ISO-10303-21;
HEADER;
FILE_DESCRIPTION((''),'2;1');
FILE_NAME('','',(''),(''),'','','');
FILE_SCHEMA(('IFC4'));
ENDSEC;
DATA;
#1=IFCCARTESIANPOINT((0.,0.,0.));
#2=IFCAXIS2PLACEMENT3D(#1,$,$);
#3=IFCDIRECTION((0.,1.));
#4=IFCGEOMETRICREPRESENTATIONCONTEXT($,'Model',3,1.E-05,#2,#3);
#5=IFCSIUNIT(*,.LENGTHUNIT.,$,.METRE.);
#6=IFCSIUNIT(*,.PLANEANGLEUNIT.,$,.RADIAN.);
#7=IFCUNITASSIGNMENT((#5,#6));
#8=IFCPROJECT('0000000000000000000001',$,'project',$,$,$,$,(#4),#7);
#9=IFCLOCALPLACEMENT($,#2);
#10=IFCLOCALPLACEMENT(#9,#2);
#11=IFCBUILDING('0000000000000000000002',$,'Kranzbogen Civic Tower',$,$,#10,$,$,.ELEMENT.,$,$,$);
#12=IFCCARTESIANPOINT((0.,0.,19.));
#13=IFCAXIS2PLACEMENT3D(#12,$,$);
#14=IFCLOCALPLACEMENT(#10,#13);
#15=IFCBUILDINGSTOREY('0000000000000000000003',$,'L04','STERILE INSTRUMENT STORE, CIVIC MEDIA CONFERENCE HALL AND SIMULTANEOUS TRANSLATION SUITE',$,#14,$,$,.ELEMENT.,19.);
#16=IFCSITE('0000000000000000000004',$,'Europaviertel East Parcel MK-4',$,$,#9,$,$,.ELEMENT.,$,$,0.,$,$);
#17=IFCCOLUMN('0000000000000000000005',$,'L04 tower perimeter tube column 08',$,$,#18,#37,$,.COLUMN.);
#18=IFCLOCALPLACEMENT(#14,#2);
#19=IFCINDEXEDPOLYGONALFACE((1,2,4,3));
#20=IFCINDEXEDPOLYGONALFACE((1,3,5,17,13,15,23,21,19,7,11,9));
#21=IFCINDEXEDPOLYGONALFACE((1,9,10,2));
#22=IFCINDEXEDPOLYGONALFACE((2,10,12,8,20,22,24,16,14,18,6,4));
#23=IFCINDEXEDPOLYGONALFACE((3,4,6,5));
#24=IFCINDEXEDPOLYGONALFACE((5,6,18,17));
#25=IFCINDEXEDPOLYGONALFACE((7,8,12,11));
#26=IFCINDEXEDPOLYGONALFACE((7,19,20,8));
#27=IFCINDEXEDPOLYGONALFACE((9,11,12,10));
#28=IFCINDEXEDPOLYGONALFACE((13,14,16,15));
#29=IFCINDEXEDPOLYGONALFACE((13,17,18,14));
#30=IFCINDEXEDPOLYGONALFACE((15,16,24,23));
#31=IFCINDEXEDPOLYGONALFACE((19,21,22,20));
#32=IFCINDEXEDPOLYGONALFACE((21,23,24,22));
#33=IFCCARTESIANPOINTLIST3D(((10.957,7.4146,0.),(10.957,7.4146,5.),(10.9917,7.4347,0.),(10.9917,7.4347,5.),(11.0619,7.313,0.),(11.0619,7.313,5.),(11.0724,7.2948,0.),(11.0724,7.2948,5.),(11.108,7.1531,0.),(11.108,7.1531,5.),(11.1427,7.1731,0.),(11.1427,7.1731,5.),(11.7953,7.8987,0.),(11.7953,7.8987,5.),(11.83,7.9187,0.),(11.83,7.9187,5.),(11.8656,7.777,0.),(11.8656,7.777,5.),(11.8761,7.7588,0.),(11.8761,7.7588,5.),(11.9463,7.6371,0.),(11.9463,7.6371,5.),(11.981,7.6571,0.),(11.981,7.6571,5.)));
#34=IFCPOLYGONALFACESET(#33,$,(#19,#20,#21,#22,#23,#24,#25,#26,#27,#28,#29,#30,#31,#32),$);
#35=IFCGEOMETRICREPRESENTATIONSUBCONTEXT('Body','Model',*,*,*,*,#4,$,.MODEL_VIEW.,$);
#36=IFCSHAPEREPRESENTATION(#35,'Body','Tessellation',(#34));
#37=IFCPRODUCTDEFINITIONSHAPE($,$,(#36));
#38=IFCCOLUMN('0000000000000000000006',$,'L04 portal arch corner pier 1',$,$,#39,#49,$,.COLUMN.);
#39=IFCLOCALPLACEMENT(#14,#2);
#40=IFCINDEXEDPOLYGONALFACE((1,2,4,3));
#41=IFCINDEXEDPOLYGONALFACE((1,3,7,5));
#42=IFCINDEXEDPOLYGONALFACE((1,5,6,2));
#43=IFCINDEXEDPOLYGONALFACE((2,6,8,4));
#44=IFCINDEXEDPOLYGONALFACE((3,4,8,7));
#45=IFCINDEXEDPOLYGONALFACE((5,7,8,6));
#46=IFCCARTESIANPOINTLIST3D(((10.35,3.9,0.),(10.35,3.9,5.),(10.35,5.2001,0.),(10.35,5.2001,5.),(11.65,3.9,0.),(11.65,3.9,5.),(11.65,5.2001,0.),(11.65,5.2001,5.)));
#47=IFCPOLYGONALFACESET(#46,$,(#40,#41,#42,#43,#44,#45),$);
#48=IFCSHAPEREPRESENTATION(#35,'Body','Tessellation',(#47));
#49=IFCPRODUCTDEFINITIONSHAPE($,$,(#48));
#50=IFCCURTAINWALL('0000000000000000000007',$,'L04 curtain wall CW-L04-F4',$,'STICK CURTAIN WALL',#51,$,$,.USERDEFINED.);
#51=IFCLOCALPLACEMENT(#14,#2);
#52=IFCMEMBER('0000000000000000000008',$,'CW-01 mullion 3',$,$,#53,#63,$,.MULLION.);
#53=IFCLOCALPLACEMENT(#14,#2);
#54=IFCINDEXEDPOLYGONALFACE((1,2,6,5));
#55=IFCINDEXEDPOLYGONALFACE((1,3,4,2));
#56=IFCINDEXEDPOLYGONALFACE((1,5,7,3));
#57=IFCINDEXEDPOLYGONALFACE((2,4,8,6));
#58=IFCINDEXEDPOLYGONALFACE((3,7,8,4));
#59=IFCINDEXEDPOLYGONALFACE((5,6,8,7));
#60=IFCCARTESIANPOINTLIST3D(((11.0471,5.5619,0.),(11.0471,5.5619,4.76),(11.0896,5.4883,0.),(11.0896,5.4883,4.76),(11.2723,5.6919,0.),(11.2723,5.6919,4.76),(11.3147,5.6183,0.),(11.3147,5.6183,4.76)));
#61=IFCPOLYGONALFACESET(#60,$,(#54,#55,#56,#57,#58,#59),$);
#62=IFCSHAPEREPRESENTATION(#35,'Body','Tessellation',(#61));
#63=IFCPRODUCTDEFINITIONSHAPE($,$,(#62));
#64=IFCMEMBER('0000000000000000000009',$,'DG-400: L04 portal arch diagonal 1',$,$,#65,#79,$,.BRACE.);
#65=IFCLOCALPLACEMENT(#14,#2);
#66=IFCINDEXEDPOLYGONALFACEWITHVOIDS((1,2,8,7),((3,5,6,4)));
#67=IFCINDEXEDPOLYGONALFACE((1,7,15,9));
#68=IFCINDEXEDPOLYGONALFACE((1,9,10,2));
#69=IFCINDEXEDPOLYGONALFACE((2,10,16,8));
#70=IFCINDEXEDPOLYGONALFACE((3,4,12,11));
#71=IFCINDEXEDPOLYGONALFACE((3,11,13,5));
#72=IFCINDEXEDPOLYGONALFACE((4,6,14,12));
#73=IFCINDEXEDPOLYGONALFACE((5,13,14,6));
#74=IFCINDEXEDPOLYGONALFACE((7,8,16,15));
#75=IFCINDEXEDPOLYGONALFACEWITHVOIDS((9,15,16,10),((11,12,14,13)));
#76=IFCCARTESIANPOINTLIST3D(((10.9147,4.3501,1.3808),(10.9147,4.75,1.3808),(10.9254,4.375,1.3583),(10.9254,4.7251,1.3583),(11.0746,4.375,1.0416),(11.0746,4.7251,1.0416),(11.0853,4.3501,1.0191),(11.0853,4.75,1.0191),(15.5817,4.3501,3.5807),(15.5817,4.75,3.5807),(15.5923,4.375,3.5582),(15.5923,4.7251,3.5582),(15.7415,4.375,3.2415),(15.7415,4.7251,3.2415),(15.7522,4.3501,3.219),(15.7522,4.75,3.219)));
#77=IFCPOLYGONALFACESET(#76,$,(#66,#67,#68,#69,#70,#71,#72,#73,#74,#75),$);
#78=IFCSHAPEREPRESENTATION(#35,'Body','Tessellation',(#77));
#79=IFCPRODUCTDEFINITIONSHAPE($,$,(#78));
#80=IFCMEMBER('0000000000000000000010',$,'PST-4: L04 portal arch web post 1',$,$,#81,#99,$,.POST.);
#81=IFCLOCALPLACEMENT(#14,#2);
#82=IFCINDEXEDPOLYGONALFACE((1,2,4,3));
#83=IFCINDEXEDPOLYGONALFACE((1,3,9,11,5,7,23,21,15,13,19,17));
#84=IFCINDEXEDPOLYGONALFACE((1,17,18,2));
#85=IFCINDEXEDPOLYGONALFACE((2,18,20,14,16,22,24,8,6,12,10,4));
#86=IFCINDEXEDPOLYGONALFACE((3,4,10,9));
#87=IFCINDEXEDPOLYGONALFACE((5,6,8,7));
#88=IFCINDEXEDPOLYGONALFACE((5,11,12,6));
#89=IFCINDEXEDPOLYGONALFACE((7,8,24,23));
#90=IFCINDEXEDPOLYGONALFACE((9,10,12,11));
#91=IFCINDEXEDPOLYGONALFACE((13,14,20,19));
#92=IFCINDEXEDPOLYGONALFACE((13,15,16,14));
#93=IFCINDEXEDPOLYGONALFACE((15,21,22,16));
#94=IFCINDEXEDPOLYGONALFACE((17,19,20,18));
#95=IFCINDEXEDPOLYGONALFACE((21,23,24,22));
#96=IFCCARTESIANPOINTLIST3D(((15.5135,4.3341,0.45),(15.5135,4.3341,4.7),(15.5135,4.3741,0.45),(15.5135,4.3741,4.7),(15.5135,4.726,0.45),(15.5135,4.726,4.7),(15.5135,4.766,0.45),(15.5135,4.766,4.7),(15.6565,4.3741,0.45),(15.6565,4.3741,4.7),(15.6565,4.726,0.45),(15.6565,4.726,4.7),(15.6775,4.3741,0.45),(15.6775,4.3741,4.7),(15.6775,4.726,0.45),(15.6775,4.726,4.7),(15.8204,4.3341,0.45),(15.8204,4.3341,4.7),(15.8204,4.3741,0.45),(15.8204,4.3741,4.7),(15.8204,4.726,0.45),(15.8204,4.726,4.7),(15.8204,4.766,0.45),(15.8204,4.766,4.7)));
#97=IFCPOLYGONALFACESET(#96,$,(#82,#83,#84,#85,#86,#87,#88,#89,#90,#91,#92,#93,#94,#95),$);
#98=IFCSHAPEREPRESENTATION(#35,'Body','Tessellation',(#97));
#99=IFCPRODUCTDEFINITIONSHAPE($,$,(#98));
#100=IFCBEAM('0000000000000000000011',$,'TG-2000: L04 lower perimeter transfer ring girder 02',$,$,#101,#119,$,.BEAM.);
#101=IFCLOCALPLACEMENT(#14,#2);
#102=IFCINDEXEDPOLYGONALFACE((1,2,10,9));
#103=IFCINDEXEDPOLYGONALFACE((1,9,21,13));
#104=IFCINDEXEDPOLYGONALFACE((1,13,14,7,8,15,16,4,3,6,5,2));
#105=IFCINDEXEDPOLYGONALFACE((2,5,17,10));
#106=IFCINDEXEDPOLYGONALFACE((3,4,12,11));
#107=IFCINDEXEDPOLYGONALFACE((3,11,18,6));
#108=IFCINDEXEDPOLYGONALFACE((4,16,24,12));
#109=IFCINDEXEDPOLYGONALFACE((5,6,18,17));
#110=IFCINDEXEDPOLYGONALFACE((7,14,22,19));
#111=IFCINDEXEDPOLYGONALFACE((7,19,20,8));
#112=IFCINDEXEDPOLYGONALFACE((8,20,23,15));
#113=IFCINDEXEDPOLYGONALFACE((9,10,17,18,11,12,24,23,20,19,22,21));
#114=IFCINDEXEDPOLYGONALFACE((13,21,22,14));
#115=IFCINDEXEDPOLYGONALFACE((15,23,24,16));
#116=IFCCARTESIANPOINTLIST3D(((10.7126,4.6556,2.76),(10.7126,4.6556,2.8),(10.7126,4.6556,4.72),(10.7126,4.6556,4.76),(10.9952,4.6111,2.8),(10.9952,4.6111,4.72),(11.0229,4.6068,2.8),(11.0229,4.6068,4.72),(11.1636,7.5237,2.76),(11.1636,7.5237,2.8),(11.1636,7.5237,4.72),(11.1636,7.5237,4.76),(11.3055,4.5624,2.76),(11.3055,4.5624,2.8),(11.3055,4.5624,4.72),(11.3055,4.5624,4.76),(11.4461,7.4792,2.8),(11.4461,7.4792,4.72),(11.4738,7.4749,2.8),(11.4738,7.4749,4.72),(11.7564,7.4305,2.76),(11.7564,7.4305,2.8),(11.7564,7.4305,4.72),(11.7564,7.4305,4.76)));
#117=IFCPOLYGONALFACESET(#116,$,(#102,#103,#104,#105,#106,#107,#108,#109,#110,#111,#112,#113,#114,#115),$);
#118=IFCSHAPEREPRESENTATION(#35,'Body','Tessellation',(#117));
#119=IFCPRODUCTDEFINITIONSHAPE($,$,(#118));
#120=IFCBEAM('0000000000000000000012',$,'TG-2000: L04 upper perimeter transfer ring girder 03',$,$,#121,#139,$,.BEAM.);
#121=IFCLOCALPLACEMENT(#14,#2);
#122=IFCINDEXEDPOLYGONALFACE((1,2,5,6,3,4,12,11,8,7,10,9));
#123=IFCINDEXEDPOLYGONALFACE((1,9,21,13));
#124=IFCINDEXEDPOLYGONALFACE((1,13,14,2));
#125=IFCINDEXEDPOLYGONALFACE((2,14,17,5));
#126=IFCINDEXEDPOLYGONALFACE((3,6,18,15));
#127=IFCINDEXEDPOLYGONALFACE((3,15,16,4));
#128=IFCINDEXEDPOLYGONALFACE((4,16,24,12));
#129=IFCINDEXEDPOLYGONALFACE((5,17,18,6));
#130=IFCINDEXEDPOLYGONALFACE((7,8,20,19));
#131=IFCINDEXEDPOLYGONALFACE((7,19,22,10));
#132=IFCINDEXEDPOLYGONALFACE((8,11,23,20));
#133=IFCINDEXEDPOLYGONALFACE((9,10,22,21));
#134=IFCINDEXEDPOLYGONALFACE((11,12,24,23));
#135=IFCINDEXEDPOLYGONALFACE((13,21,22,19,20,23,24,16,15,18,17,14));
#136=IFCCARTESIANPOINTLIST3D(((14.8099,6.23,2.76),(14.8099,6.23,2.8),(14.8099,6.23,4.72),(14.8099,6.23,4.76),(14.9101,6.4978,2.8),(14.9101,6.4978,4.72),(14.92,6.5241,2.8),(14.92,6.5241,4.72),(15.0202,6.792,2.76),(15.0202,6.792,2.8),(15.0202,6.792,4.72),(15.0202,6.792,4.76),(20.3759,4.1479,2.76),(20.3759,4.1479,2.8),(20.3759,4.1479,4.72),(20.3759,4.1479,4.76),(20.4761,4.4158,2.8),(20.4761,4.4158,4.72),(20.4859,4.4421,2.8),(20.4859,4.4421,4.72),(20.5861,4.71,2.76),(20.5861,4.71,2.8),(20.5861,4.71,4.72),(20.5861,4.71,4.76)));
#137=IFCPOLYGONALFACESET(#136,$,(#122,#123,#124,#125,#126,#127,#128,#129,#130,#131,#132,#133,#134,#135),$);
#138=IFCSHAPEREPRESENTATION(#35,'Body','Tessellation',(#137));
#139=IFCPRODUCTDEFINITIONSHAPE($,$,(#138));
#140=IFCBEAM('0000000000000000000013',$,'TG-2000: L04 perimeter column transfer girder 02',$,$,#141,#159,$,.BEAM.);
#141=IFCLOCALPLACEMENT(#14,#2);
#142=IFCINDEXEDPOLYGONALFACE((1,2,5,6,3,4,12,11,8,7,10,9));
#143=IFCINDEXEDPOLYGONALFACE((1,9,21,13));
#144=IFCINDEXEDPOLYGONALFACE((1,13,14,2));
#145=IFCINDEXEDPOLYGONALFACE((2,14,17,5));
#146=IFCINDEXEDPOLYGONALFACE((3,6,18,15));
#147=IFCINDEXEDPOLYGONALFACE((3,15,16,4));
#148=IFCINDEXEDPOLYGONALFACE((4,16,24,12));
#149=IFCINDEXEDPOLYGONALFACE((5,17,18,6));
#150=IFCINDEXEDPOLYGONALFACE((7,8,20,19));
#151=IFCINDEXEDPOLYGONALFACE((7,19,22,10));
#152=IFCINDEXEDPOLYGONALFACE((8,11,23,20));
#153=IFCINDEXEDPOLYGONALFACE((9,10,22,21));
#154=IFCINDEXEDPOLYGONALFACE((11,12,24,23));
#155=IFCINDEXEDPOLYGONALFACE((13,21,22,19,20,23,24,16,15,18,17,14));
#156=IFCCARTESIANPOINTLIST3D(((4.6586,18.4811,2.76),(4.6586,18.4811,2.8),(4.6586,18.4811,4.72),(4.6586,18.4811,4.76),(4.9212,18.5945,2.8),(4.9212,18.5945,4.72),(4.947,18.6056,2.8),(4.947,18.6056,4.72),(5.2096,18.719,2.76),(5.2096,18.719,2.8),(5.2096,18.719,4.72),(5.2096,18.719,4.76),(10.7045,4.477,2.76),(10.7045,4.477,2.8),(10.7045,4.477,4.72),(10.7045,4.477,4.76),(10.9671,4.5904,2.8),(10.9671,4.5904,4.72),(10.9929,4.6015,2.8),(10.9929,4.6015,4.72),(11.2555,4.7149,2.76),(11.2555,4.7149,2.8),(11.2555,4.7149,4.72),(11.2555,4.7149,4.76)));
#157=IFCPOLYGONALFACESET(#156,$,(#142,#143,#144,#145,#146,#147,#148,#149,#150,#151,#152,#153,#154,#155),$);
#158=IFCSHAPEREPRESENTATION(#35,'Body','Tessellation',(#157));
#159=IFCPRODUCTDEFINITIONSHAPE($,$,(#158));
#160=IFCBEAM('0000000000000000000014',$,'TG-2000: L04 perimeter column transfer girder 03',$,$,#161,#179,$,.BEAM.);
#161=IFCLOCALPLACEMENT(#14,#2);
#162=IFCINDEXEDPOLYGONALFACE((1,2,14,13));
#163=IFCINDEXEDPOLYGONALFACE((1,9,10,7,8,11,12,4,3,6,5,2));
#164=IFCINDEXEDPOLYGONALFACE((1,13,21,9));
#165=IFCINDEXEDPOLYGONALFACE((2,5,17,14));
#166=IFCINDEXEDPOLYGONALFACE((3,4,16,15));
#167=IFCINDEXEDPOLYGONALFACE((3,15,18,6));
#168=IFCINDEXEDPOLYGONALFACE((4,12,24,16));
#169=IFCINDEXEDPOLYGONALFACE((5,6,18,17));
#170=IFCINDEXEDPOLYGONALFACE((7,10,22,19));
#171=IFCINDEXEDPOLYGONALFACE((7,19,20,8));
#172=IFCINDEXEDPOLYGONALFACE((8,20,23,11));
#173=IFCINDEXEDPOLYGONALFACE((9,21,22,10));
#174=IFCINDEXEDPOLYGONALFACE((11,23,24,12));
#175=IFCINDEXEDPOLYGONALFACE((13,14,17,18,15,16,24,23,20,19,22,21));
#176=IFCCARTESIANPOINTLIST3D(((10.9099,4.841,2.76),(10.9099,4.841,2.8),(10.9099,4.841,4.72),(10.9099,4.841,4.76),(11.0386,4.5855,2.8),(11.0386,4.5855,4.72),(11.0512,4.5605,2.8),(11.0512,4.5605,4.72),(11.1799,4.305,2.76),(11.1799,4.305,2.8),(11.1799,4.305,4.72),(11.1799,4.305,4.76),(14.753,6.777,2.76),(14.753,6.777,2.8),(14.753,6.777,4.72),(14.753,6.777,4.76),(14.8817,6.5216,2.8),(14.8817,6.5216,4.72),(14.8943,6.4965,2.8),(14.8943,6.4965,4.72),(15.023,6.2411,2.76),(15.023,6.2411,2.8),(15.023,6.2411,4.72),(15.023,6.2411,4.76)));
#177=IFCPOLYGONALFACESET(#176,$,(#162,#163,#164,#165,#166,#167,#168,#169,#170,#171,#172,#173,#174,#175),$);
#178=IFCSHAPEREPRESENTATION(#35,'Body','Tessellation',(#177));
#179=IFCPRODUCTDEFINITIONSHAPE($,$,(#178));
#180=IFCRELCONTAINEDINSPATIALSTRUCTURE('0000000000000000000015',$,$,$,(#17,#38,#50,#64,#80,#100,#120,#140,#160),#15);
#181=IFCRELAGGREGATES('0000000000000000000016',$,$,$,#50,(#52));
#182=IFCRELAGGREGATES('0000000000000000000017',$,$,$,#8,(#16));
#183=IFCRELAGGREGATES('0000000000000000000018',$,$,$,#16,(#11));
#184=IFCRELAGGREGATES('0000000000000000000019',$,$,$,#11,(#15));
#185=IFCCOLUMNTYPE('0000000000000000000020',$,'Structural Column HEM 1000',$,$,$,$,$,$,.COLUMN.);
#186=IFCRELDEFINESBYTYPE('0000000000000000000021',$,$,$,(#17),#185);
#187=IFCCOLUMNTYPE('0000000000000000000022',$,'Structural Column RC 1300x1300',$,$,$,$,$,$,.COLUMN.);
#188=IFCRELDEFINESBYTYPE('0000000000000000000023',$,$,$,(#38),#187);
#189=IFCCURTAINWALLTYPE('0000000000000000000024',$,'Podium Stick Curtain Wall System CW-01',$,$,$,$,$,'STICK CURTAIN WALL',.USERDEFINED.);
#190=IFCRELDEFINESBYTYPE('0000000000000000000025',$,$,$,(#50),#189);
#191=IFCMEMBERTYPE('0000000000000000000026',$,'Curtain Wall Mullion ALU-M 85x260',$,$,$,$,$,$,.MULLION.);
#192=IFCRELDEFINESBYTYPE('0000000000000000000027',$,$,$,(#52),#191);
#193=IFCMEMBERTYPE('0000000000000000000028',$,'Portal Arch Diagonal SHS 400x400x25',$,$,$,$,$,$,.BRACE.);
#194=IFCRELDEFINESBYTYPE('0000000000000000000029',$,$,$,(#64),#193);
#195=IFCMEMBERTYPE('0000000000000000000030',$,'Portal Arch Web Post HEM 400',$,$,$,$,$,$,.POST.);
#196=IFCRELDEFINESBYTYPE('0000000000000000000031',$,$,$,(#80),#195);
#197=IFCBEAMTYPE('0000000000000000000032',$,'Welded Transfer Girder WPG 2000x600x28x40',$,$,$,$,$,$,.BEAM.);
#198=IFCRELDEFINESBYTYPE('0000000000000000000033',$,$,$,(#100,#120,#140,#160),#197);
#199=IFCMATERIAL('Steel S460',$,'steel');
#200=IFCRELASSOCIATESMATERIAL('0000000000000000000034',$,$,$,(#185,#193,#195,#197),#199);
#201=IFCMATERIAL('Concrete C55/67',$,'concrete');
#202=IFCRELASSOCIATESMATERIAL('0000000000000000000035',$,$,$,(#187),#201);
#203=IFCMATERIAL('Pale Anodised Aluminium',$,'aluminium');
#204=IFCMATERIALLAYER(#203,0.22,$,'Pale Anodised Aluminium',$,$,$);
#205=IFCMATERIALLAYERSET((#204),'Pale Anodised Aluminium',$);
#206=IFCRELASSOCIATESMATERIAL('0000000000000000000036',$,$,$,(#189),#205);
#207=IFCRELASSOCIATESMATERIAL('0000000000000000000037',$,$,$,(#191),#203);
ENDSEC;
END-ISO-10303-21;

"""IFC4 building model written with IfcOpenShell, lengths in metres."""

from ifc_helpers import new_model, si_unit, direction, frame, origin, origin_2d, place, context, subcontext, project, spatial, rectangle, hollow_rectangle, i_section, extrude, material, layer, layer_set, material_profile, profile_set, type_object, element, aggregate, save


model = new_model("IFC4")

# Units and contexts
model_context = context("Model", 3, precision=1e-05, world=origin(), true_north=direction((0.0, 1.0)))
body_context = subcontext(model_context, "Body", "Model", "MODEL_VIEW")
ifc_project = project(units=[si_unit("LENGTHUNIT", "METRE"), si_unit("PLANEANGLEUNIT", "RADIAN")], contexts=[model_context])

# Site, building, storey
site_placement = place(None, origin())
site = spatial("IfcSite", under=ifc_project, at=site_placement, Name="Europaviertel East Parcel MK-4", CompositionType="ELEMENT", RefElevation=0.0)
building_placement = place(site_placement, origin())
building = spatial("IfcBuilding", under=site, at=building_placement, Name="Kranzbogen Civic Tower", CompositionType="ELEMENT")
storey_placement = place(building_placement, frame((0.0, 0.0, 19.0)))
storey = spatial("IfcBuildingStorey", under=building, at=storey_placement, Name="L04", Description="STERILE INSTRUMENT STORE, CIVIC MEDIA CONFERENCE HALL AND SIMULTANEOUS TRANSLATION SUITE", CompositionType="ELEMENT", Elevation=19.0)

# Columns
ifc_material_1 = material(Name="Steel S460", Category="steel")
ifc_material_profile_1 = material_profile(ifc_material_1, i_section(OverallWidth=0.302, OverallDepth=1.0081, WebThickness=0.021, FlangeThickness=0.04, at=origin_2d()), Name="HEM 1000")
ifc_profile_set_1 = profile_set([ifc_material_profile_1], Name="Steel S460")
column_type_1 = type_object("IfcColumnType", Name="Structural Column HEM 1000", PredefinedType="COLUMN", material=ifc_profile_set_1)
column_1_placement = place(storey_placement, frame((11.469, 7.5359, 0.0), z_axis=(0.0, 0.0, 1.0), x_axis=(-0.5, 0.866025, 0.0)))
element("IfcColumn", 1, at=column_1_placement, inside=storey, type_object=column_type_1, Name="L04 tower perimeter tube column 08", PredefinedType="COLUMN", context=body_context, shape_type="SweptSolid", body=[
    extrude(i_section(OverallWidth=0.302, OverallDepth=1.0081, WebThickness=0.021, FlangeThickness=0.04, at=origin_2d()), origin(), (0.0, 0.0, 1.0), 5.0),
])
ifc_material_2 = material(Name="Concrete C55/67", Category="concrete")
ifc_material_profile_2 = material_profile(ifc_material_2, rectangle(XDim=1.3, YDim=1.3, at=origin_2d()), Name="RC 1300x1300")
ifc_profile_set_2 = profile_set([ifc_material_profile_2], Name="Concrete C55/67")
column_type_2 = type_object("IfcColumnType", Name="Structural Column RC 1300x1300", PredefinedType="COLUMN", material=ifc_profile_set_2)
column_2_placement = place(storey_placement, frame((11.0, 4.55, 0.0), z_axis=(0.0, 0.0, 1.0), x_axis=(1.0, 0.0, 0.0)))
element("IfcColumn", 2, at=column_2_placement, inside=storey, type_object=column_type_2, Name="L04 portal arch corner pier 1", PredefinedType="COLUMN", context=body_context, shape_type="SweptSolid", body=[
    extrude(rectangle(XDim=1.3, YDim=1.3, at=origin_2d()), origin(), (0.0, 0.0, 1.0), 5.0),
])

# Curtain wall, member
ifc_material_3 = material(Name="Pale Anodised Aluminium", Category="aluminium")
ifc_layer_1 = layer(ifc_material_3, 0.22, Name="Pale Anodised Aluminium")
ifc_layer_set_1 = layer_set([ifc_layer_1], Name="Pale Anodised Aluminium")
curtain_wall_type = type_object("IfcCurtainWallType", Name="Podium Stick Curtain Wall System CW-01", ElementType="STICK CURTAIN WALL", PredefinedType="USERDEFINED", material=ifc_layer_set_1)
curtain_wall_placement = place(storey_placement, origin())
curtain_wall = element("IfcCurtainWall", 3, at=curtain_wall_placement, inside=storey, type_object=curtain_wall_type, Name="L04 curtain wall CW-L04-F4", ObjectType="STICK CURTAIN WALL", PredefinedType="USERDEFINED")
ifc_material_profile_3 = material_profile(ifc_material_3, rectangle(XDim=0.085, YDim=0.26, at=origin_2d()), Name="ALU-M 85x260")
ifc_profile_set_3 = profile_set([ifc_material_profile_3], Name="Pale Anodised Aluminium")
member_type_1 = type_object("IfcMemberType", Name="Curtain Wall Mullion ALU-M 85x260", PredefinedType="MULLION", material=ifc_profile_set_3)
member_1_placement = place(storey_placement, frame((11.1809, 5.5901, 0.0), z_axis=(0.0, 0.0, 1.0), x_axis=(0.500006, -0.866022, 0.0)))
member_1 = element("IfcMember", 4, at=member_1_placement, type_object=member_type_1, Name="CW-01 mullion 3", PredefinedType="MULLION", context=body_context, shape_type="SweptSolid", body=[
    extrude(rectangle(XDim=0.085, YDim=0.26, at=origin_2d()), origin(), (0.0, 0.0, 1.0), 4.76),
])
aggregate(curtain_wall, [member_1])

# Members
ifc_material_profile_4 = material_profile(ifc_material_1, hollow_rectangle(XDim=0.3999, YDim=0.3999, WallThickness=0.0249, at=origin_2d()), Name="SHS 400x400x25")
ifc_profile_set_4 = profile_set([ifc_material_profile_4], Name="Steel S460")
member_type_2 = type_object("IfcMemberType", Name="Portal Arch Diagonal SHS 400x400x25", PredefinedType="BRACE", material=ifc_profile_set_4)
member_2_placement = place(storey_placement, frame((11.0, 4.55, 1.2), z_axis=(0.904541, 0.0, 0.426387), x_axis=(0.0, 1.0, 0.0)))
element("IfcMember", 5, at=member_2_placement, inside=storey, type_object=member_type_2, Name="DG-400: L04 portal arch diagonal 1", PredefinedType="BRACE", context=body_context, shape_type="SweptSolid", body=[
    extrude(hollow_rectangle(XDim=0.3999, YDim=0.3999, WallThickness=0.0249, at=origin_2d()), origin(), (0.0, 0.0, 1.0), 5.1594),
])
ifc_material_profile_5 = material_profile(ifc_material_1, i_section(OverallWidth=0.3069, OverallDepth=0.4319, WebThickness=0.021, FlangeThickness=0.04, at=origin_2d()), Name="HEM 400")
ifc_profile_set_5 = profile_set([ifc_material_profile_5], Name="Steel S460")
member_type_3 = type_object("IfcMemberType", Name="Portal Arch Web Post HEM 400", PredefinedType="POST", material=ifc_profile_set_5)
member_3_placement = place(storey_placement, frame((15.667, 4.55, 0.45), z_axis=(0.0, 0.0, 1.0), x_axis=(1.0, 0.0, 0.0)))
element("IfcMember", 6, at=member_3_placement, inside=storey, type_object=member_type_3, Name="PST-4: L04 portal arch web post 1", PredefinedType="POST", context=body_context, shape_type="SweptSolid", body=[
    extrude(i_section(OverallWidth=0.3069, OverallDepth=0.4319, WebThickness=0.021, FlangeThickness=0.04, at=origin_2d()), origin(), (0.0, 0.0, 1.0), 4.25),
])

# Beams
ifc_material_profile_6 = material_profile(ifc_material_1, i_section(OverallWidth=0.6001, OverallDepth=2.0, WebThickness=0.0281, FlangeThickness=0.04, at=origin_2d()), Name="WPG 2000x600x28x40")
ifc_profile_set_6 = profile_set([ifc_material_profile_6], Name="Steel S460")
beam_type = type_object("IfcBeamType", Name="Welded Transfer Girder WPG 2000x600x28x40", PredefinedType="BEAM", material=ifc_profile_set_6)
beam_1_placement = place(storey_placement, frame((11.46, 7.4771, 3.76), z_axis=(-0.155311, -0.987866, 0.0), x_axis=(0.987866, -0.155311, 0.0)))
element("IfcBeam", 7, at=beam_1_placement, inside=storey, type_object=beam_type, Name="TG-2000: L04 lower perimeter transfer ring girder 02", PredefinedType="BEAM", context=body_context, shape_type="SweptSolid", body=[
    extrude(i_section(OverallWidth=0.6001, OverallDepth=2.0, WebThickness=0.0281, FlangeThickness=0.04, at=origin_2d()), origin(), (0.0, 0.0, 1.0), 2.9033),
])
beam_2_placement = place(storey_placement, frame((14.915, 6.511, 3.76), z_axis=(0.936616, -0.350358, 0.0), x_axis=(0.350358, 0.936616, 0.0)))
element("IfcBeam", 8, at=beam_2_placement, inside=storey, type_object=beam_type, Name="TG-2000: L04 upper perimeter transfer ring girder 03", PredefinedType="BEAM", context=body_context, shape_type="SweptSolid", body=[
    extrude(i_section(OverallWidth=0.6001, OverallDepth=2.0, WebThickness=0.0281, FlangeThickness=0.04, at=origin_2d()), origin(), (0.0, 0.0, 1.0), 5.9426),
])
beam_3_placement = place(storey_placement, frame((10.98, 4.5959, 3.76), z_axis=(-0.396362, 0.918095, 0.0), x_axis=(-0.918095, -0.396362, 0.0)))
element("IfcBeam", 9, at=beam_3_placement, inside=storey, type_object=beam_type, Name="TG-2000: L04 perimeter column transfer girder 02", PredefinedType="BEAM", context=body_context, shape_type="SweptSolid", body=[
    extrude(i_section(OverallWidth=0.6001, OverallDepth=2.0, WebThickness=0.0281, FlangeThickness=0.04, at=origin_2d()), origin(), (0.0, 0.0, 1.0), 15.2534),
])
beam_4_placement = place(storey_placement, frame((11.0449, 4.573, 3.76), z_axis=(0.893073, 0.449912, 0.0), x_axis=(-0.449912, 0.893073, 0.0)))
element("IfcBeam", 10, at=beam_4_placement, inside=storey, type_object=beam_type, Name="TG-2000: L04 perimeter column transfer girder 03", PredefinedType="BEAM", context=body_context, shape_type="SweptSolid", body=[
    extrude(i_section(OverallWidth=0.6001, OverallDepth=2.0, WebThickness=0.0281, FlangeThickness=0.04, at=origin_2d()), origin(), (0.0, 0.0, 1.0), 4.3032),
])

save(model, "model.ifc")
